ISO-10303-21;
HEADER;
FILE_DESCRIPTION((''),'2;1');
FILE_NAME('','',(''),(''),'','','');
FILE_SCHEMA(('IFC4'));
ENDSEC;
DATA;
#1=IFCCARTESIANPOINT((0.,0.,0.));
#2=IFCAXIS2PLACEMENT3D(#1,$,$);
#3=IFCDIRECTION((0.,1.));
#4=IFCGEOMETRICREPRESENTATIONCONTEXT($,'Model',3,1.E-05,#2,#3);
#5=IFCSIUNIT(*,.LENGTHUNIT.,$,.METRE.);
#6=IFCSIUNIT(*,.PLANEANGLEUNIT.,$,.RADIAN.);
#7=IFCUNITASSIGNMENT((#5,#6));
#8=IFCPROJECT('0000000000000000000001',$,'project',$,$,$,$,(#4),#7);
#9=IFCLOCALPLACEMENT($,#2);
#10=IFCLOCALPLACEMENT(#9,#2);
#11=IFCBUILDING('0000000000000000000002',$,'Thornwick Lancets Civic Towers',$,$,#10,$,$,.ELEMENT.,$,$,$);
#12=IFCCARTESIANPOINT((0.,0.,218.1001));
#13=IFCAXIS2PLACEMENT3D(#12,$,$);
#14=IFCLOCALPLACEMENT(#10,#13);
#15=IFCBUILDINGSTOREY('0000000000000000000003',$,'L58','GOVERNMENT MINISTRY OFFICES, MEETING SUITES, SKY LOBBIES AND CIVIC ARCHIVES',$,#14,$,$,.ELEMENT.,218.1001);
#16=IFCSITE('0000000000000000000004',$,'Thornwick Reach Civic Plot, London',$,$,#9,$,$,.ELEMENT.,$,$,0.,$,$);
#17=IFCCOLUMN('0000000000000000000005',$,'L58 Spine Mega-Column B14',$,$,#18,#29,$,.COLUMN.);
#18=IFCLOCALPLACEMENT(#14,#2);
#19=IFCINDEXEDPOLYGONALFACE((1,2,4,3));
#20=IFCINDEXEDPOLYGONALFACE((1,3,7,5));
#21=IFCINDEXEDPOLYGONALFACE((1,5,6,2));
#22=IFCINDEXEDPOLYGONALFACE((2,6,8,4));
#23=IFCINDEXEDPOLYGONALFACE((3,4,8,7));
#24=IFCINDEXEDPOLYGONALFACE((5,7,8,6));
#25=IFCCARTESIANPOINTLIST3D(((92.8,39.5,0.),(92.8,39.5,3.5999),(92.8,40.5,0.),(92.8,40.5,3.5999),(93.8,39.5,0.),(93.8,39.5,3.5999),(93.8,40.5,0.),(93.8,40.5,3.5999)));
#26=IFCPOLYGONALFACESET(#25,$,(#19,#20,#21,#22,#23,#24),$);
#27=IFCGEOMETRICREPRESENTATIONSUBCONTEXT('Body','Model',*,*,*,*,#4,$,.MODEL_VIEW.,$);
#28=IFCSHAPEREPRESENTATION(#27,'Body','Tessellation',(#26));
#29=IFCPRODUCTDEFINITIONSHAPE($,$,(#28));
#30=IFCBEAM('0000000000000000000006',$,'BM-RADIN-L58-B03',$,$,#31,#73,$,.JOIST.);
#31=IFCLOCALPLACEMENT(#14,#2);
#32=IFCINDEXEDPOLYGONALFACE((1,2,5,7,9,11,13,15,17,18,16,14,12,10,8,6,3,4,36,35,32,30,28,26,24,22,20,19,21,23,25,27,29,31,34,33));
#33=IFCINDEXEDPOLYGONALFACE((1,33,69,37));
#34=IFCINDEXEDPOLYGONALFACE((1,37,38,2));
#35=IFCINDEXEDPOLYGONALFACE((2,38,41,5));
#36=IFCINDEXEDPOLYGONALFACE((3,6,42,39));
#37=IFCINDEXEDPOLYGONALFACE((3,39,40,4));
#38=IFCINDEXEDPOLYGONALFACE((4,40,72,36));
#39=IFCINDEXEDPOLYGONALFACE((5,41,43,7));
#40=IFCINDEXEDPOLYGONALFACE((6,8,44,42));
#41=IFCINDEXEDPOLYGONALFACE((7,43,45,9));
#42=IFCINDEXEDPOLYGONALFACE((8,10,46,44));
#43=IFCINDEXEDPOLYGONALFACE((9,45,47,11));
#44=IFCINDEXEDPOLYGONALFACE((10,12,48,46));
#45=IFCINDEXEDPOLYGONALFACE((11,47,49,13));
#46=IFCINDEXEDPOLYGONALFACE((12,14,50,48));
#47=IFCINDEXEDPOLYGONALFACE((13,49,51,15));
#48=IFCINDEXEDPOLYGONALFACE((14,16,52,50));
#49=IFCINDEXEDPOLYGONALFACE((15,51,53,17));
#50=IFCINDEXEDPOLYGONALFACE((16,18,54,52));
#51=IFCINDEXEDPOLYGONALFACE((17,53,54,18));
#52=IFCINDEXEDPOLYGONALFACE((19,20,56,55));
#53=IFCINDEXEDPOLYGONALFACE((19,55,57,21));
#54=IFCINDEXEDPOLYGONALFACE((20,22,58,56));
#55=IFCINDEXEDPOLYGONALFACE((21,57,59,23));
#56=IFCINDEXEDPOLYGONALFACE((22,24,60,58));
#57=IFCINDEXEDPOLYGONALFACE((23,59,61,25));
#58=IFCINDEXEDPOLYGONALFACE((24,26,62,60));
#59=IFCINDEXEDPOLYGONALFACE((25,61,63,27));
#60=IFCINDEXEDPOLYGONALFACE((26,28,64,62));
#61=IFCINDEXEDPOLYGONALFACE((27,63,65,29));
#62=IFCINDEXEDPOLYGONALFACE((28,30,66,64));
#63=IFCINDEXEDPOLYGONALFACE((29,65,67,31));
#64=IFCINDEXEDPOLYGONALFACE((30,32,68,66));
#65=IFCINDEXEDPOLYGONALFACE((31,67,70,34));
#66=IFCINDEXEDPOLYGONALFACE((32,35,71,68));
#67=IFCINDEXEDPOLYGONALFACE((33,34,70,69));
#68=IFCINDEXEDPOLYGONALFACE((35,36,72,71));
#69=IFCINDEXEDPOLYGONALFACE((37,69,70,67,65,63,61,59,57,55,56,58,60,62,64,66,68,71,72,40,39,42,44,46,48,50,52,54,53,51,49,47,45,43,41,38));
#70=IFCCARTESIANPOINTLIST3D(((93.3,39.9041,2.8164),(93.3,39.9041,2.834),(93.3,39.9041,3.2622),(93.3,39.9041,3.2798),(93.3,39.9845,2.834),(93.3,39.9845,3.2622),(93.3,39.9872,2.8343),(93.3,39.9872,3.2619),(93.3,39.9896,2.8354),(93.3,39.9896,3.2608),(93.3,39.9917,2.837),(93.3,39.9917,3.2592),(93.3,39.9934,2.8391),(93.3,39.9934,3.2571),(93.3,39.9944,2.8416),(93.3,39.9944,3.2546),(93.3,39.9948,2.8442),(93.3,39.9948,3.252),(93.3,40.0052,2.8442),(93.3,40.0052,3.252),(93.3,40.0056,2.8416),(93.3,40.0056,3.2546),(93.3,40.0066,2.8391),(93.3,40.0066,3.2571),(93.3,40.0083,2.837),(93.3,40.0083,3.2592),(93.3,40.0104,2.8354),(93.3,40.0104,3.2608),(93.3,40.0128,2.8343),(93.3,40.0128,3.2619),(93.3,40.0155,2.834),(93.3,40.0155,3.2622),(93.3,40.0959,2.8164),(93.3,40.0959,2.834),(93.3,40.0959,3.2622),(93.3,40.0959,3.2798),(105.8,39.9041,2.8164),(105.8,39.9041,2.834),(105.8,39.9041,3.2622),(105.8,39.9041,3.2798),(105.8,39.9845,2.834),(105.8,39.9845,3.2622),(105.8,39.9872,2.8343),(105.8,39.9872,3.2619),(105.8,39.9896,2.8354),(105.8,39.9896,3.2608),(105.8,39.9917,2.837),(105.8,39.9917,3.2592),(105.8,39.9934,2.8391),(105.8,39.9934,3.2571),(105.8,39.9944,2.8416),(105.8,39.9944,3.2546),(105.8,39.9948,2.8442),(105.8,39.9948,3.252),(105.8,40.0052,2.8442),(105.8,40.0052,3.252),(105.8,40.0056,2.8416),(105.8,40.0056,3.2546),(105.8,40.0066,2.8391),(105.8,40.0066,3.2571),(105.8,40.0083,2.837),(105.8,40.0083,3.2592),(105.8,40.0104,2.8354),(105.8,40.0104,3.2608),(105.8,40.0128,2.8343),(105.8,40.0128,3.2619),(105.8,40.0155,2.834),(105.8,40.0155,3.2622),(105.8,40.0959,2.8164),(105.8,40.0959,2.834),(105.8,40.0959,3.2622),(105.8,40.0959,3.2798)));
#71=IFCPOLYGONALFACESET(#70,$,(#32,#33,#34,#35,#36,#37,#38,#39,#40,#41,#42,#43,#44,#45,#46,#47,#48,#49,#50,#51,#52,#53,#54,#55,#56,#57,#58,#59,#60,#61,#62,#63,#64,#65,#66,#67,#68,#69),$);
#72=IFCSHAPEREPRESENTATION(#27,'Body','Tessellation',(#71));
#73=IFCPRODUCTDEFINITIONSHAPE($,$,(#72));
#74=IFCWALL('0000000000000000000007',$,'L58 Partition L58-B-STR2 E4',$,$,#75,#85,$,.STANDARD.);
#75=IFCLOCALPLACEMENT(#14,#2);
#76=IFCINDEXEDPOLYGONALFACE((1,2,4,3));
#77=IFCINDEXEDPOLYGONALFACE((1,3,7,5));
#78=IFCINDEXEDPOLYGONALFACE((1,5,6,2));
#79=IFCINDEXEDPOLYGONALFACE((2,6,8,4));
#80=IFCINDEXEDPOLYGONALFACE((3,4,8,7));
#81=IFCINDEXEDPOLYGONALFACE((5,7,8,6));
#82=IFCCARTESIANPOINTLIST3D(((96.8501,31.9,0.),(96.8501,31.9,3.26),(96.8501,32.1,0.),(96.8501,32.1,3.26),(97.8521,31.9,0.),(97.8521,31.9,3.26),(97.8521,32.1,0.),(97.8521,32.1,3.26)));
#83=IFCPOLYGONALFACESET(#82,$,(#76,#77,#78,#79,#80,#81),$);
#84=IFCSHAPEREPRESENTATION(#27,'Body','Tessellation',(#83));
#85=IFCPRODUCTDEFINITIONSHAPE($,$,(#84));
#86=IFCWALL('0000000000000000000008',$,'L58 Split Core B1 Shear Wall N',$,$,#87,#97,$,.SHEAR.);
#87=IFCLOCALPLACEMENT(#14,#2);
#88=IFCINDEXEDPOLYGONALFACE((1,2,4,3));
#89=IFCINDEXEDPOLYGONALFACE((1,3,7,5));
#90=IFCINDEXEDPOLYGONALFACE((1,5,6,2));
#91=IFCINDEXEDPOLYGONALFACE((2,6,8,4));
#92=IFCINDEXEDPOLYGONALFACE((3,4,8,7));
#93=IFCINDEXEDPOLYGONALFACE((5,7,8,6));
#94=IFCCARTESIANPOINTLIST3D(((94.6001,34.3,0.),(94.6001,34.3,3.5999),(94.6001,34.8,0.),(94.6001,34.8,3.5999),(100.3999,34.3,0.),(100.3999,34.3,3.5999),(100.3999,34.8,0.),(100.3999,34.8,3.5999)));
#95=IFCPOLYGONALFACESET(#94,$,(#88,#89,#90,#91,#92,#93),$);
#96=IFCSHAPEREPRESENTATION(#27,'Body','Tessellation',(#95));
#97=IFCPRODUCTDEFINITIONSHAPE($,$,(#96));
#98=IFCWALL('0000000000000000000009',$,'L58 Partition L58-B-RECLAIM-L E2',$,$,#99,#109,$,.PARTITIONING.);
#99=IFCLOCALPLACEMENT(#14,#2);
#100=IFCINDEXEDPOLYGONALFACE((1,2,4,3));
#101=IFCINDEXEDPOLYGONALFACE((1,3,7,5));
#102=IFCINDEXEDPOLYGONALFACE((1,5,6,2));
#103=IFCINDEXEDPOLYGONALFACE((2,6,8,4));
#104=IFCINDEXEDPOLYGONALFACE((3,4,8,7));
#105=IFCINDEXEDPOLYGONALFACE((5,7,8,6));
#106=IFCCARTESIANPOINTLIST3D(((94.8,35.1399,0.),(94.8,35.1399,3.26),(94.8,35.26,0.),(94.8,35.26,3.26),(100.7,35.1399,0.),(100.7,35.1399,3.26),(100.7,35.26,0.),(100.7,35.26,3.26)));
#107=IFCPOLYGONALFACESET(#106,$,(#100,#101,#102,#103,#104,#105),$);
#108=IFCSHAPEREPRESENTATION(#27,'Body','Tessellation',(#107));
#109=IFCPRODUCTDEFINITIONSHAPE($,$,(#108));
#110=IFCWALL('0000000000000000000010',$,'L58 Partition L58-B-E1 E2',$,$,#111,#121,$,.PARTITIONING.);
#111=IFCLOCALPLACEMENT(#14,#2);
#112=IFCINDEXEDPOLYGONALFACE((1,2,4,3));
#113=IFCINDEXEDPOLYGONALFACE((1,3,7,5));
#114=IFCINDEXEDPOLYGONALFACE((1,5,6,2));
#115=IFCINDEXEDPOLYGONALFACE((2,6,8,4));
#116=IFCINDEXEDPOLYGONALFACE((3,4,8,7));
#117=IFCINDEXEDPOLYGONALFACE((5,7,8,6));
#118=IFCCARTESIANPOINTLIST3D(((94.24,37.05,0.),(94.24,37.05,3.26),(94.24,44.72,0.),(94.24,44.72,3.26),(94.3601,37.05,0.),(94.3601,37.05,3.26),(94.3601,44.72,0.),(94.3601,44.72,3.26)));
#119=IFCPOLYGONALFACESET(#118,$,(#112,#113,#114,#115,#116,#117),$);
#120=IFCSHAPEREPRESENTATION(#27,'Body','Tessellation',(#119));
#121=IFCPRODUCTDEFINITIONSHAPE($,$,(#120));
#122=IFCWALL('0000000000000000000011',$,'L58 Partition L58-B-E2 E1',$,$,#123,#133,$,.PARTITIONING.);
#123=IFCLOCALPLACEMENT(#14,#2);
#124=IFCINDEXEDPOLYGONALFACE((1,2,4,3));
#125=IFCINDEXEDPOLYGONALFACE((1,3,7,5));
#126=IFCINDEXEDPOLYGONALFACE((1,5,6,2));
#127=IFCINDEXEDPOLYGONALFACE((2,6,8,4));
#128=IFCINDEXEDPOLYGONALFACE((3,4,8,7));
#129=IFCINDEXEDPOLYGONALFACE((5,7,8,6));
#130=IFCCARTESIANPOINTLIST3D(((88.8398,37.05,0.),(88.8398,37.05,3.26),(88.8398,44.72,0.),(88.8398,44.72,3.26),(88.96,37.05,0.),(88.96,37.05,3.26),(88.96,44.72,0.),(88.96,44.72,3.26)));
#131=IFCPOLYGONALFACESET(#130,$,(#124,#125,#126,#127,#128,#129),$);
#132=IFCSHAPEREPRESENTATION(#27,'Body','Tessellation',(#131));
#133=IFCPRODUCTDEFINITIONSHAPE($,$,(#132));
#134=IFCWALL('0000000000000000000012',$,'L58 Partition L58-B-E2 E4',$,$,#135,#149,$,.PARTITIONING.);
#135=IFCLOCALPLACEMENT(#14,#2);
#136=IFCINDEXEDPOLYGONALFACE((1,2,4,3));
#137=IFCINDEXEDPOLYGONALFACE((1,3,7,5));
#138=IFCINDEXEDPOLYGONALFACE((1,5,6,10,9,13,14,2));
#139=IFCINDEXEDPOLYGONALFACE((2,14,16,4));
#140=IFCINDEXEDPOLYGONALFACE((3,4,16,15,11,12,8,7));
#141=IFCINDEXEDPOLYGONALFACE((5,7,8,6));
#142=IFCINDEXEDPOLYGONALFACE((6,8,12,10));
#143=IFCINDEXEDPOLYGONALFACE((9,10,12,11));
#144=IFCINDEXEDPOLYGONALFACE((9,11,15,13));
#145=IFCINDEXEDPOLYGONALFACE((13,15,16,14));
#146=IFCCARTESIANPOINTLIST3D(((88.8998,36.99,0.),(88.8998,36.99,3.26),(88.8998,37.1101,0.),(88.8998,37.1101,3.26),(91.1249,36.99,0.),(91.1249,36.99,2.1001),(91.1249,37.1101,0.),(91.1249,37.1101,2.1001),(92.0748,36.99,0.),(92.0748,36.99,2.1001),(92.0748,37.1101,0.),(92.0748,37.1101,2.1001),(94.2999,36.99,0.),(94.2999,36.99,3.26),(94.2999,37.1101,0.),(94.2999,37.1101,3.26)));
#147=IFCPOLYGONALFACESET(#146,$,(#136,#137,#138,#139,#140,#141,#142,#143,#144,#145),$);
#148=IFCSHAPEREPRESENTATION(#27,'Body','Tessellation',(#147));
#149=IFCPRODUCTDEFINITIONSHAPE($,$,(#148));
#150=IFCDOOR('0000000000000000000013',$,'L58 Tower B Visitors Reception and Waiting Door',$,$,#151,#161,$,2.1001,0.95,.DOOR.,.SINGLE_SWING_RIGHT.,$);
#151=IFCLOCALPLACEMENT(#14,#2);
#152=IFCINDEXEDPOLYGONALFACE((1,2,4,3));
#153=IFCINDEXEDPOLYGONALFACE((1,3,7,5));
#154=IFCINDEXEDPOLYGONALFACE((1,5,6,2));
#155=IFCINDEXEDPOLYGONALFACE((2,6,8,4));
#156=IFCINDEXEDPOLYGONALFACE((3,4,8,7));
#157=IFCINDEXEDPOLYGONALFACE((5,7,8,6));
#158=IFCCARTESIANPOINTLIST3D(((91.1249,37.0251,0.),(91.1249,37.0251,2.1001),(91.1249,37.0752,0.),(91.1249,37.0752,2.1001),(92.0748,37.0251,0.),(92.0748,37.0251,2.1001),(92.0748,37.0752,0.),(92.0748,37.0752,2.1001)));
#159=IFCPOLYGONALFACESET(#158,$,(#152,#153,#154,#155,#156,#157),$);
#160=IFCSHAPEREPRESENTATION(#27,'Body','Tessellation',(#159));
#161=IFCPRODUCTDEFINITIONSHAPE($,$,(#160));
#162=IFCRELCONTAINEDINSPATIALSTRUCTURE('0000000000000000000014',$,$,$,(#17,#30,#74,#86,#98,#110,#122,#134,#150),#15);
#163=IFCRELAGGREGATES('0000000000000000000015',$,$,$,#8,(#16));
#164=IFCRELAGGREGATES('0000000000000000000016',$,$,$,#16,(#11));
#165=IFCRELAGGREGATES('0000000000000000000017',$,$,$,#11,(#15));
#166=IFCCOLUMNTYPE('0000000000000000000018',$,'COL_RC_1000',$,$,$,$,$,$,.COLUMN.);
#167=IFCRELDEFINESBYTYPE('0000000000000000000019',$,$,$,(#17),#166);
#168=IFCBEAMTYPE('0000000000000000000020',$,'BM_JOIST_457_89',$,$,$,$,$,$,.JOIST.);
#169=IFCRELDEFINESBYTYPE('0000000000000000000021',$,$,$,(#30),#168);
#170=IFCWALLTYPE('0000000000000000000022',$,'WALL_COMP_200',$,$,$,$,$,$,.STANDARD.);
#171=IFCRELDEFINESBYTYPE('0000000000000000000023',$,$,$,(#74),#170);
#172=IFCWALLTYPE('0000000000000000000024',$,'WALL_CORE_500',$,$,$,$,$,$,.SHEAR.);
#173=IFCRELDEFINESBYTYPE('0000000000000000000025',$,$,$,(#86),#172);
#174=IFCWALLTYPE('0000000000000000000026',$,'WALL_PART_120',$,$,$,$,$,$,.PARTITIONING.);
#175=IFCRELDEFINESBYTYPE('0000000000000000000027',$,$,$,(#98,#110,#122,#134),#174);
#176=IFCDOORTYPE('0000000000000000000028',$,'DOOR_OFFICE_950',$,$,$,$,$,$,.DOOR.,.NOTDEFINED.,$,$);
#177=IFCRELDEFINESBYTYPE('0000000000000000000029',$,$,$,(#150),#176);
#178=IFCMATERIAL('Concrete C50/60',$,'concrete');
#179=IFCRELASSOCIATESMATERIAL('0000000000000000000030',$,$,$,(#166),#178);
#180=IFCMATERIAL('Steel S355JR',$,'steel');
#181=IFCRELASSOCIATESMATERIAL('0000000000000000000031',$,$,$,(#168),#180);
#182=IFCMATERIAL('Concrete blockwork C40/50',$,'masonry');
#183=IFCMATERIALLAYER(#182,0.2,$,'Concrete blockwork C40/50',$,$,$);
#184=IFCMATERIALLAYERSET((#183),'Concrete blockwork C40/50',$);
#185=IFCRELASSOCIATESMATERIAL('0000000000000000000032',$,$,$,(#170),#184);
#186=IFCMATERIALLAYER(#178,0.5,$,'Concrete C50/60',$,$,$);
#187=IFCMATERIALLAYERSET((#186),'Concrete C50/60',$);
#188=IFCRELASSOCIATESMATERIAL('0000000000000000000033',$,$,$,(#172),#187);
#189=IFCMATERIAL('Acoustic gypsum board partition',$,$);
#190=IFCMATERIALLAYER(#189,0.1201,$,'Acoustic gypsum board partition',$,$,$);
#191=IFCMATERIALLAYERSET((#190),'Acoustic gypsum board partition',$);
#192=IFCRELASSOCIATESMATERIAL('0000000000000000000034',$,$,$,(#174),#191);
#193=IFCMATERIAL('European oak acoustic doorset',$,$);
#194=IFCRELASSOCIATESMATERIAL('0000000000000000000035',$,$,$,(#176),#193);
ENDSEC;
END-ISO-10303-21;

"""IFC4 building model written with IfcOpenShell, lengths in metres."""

from ifc_helpers import new_model, si_unit, direction, frame, frame_2d, origin, origin_2d, place, context, subcontext, project, spatial, rectangle, i_section, extrude, material, layer, layer_set, material_profile, profile_set, type_object, element, fill, save


model = new_model("IFC4")

# Units and contexts
model_context = context("Model", 3, precision=1e-05, world=origin(), true_north=direction((0.0, 1.0)))
body_context = subcontext(model_context, "Body", "Model", "MODEL_VIEW")
ifc_project = project(units=[si_unit("LENGTHUNIT", "METRE"), si_unit("PLANEANGLEUNIT", "RADIAN")], contexts=[model_context])

# Site, building, storey
site_placement = place(None, origin())
site = spatial("IfcSite", under=ifc_project, at=site_placement, Name="Thornwick Reach Civic Plot, London", CompositionType="ELEMENT", RefElevation=0.0)
building_placement = place(site_placement, origin())
building = spatial("IfcBuilding", under=site, at=building_placement, Name="Thornwick Lancets Civic Towers", CompositionType="ELEMENT")
storey_placement = place(building_placement, frame((0.0, 0.0, 218.1001)))
storey = spatial("IfcBuildingStorey", under=building, at=storey_placement, Name="L58", Description="GOVERNMENT MINISTRY OFFICES, MEETING SUITES, SKY LOBBIES AND CIVIC ARCHIVES", CompositionType="ELEMENT", Elevation=218.1001)

# Column
ifc_material_1 = material(Name="Concrete C50/60", Category="concrete")
ifc_material_profile_1 = material_profile(ifc_material_1, rectangle(XDim=1.0, YDim=1.0, at=origin_2d()), Name="RC 1000x1000")
ifc_profile_set_1 = profile_set([ifc_material_profile_1], Name="Concrete C50/60")
column_type = type_object("IfcColumnType", Name="COL_RC_1000", PredefinedType="COLUMN", material=ifc_profile_set_1)
column_placement = place(storey_placement, frame((93.3, 40.0, 0.0), z_axis=(0.0, 0.0, 1.0), x_axis=(1.0, 0.0, 0.0)))
element("IfcColumn", 1, at=column_placement, inside=storey, type_object=column_type, Name="L58 Spine Mega-Column B14", PredefinedType="COLUMN", context=body_context, shape_type="SweptSolid", body=[
    extrude(rectangle(XDim=1.0, YDim=1.0, at=origin_2d()), origin(), (0.0, 0.0, 1.0), 3.5999),
])

# Beam
ifc_material_2 = material(Name="Steel S355JR", Category="steel")
ifc_material_profile_2 = material_profile(ifc_material_2, i_section(OverallWidth=0.1919, OverallDepth=0.4634, WebThickness=0.0105, FlangeThickness=0.0176, FilletRadius=0.0103, at=origin_2d()), Name="UKB 457x191x89")
ifc_profile_set_2 = profile_set([ifc_material_profile_2], Name="Steel S355JR")
beam_type = type_object("IfcBeamType", Name="BM_JOIST_457_89", PredefinedType="JOIST", material=ifc_profile_set_2)
beam_placement = place(storey_placement, frame((93.3, 40.0, 3.0481), z_axis=(1.0, 0.0, 0.0), x_axis=(0.0, 1.0, 0.0)))
element("IfcBeam", 2, at=beam_placement, inside=storey, type_object=beam_type, Name="BM-RADIN-L58-B03", PredefinedType="JOIST", context=body_context, shape_type="SweptSolid", body=[
    extrude(i_section(OverallWidth=0.1919, OverallDepth=0.4634, WebThickness=0.0105, FlangeThickness=0.0176, FilletRadius=0.0103, at=origin_2d()), origin(), (0.0, 0.0, 1.0), 12.5),
])

# Walls
ifc_material_3 = material(Name="Concrete blockwork C40/50", Category="masonry")
ifc_layer_1 = layer(ifc_material_3, 0.2, Name="Concrete blockwork C40/50")
ifc_layer_set_1 = layer_set([ifc_layer_1], Name="Concrete blockwork C40/50")
wall_type_1 = type_object("IfcWallType", Name="WALL_COMP_200", PredefinedType="STANDARD", material=ifc_layer_set_1)
wall_1_placement = place(storey_placement, frame((97.8521, 32.0, 0.0), z_axis=(0.0, 0.0, 1.0), x_axis=(-1.0, 0.0, 0.0)))
element("IfcWall", 3, at=wall_1_placement, inside=storey, type_object=wall_type_1, Name="L58 Partition L58-B-STR2 E4", PredefinedType="STANDARD", context=body_context, shape_type="SweptSolid", body=[
    extrude(rectangle(XDim=1.002, YDim=0.2, at=frame_2d((0.501, 0.0))), origin(), (0.0, 0.0, 1.0), 3.26),
])
ifc_layer_2 = layer(ifc_material_1, 0.5, Name="Concrete C50/60")
ifc_layer_set_2 = layer_set([ifc_layer_2], Name="Concrete C50/60")
wall_type_2 = type_object("IfcWallType", Name="WALL_CORE_500", PredefinedType="SHEAR", material=ifc_layer_set_2)
wall_2_placement = place(storey_placement, frame((94.6001, 34.55, 0.0), z_axis=(0.0, 0.0, 1.0), x_axis=(1.0, 0.0, 0.0)))
element("IfcWall", 4, at=wall_2_placement, inside=storey, type_object=wall_type_2, Name="L58 Split Core B1 Shear Wall N", PredefinedType="SHEAR", context=body_context, shape_type="SweptSolid", body=[
    extrude(rectangle(XDim=5.7998, YDim=0.5, at=frame_2d((2.8999, 0.0))), origin(), (0.0, 0.0, 1.0), 3.5999),
])
ifc_material_4 = material(Name="Acoustic gypsum board partition")
ifc_layer_3 = layer(ifc_material_4, 0.1201, Name="Acoustic gypsum board partition")
ifc_layer_set_3 = layer_set([ifc_layer_3], Name="Acoustic gypsum board partition")
wall_type_3 = type_object("IfcWallType", Name="WALL_PART_120", PredefinedType="PARTITIONING", material=ifc_layer_set_3)
wall_3_placement = place(storey_placement, frame((94.8, 35.2, 0.0), z_axis=(0.0, 0.0, 1.0), x_axis=(1.0, 0.0, 0.0)))
element("IfcWall", 5, at=wall_3_placement, inside=storey, type_object=wall_type_3, Name="L58 Partition L58-B-RECLAIM-L E2", PredefinedType="PARTITIONING", context=body_context, shape_type="SweptSolid", body=[
    extrude(rectangle(XDim=5.8999, YDim=0.1201, at=frame_2d((2.95, 0.0))), origin(), (0.0, 0.0, 1.0), 3.26),
])
for number, where, z_axis, x_axis, name in (
    (6, (94.3, 37.05, 0.0), (0.0, 0.0, 1.0), (0.0, 1.0, 0.0), "L58 Partition L58-B-E1 E2"),
    (7, (88.8999, 37.05, 0.0), (0.0, 0.0, 1.0), (0.0, 1.0, 0.0), "L58 Partition L58-B-E2 E1"),
):
    element("IfcWall", number, at=place(storey_placement, frame(where, z_axis=z_axis, x_axis=x_axis)), inside=storey, type_object=wall_type_3, Name=name, PredefinedType="PARTITIONING", context=body_context, shape_type="SweptSolid", body=[
        extrude(rectangle(XDim=7.6699, YDim=0.1201, at=frame_2d((3.835, 0.0))), origin(), (0.0, 0.0, 1.0), 3.26),
    ])

# Wall, opening, door
wall_4_placement = place(storey_placement, frame((94.3, 37.05, 0.0), z_axis=(0.0, 0.0, 1.0), x_axis=(-1.0, 0.0, 0.0)))
wall_4 = element("IfcWall", 8, at=wall_4_placement, inside=storey, type_object=wall_type_3, Name="L58 Partition L58-B-E2 E4", PredefinedType="PARTITIONING", context=body_context, shape_type="SweptSolid", body=[
    extrude(rectangle(XDim=5.4001, YDim=0.1201, at=frame_2d((2.7002, 0.0))), origin(), (0.0, 0.0, 1.0), 3.26),
])
opening_1_placement = place(wall_4_placement, frame((2.2251, 0.0, 0.0)))
opening_1 = element("IfcOpeningElement", 9, at=opening_1_placement, cuts=wall_4, PredefinedType="OPENING", context=body_context, shape_type="SweptSolid", body=[
    extrude(rectangle(XDim=0.95, YDim=2.1001, at=frame_2d((0.4751, 1.05))), frame((0.0, 0.0701, 0.0), z_axis=(0.0, -1.0, 0.0), x_axis=(1.0, 0.0, 0.0)), (0.0, 0.0, 1.0), 0.1401),
])
ifc_material_5 = material(Name="European oak acoustic doorset")
door_type_1 = type_object("IfcDoorType", Name="DOOR_OFFICE_950", OperationType="NOTDEFINED", PredefinedType="DOOR", material=ifc_material_5)
door_1_placement = place(opening_1_placement, origin())
door_1 = element("IfcDoor", 10, at=door_1_placement, inside=storey, type_object=door_type_1, Name="L58 Tower B Visitors Reception and Waiting Door", OperationType="SINGLE_SWING_RIGHT", OverallHeight=2.1001, OverallWidth=0.95, PredefinedType="DOOR", context=body_context, shape_type="SweptSolid", body=[
    extrude(rectangle(XDim=0.95, YDim=2.1001, at=frame_2d((0.4751, 1.05))), frame((0.0, 0.0249, 0.0), z_axis=(0.0, -1.0, 0.0), x_axis=(1.0, 0.0, 0.0)), (0.0, 0.0, 1.0), 0.05),
])
fill(opening_1, door_1)

save(model, "model.ifc")
